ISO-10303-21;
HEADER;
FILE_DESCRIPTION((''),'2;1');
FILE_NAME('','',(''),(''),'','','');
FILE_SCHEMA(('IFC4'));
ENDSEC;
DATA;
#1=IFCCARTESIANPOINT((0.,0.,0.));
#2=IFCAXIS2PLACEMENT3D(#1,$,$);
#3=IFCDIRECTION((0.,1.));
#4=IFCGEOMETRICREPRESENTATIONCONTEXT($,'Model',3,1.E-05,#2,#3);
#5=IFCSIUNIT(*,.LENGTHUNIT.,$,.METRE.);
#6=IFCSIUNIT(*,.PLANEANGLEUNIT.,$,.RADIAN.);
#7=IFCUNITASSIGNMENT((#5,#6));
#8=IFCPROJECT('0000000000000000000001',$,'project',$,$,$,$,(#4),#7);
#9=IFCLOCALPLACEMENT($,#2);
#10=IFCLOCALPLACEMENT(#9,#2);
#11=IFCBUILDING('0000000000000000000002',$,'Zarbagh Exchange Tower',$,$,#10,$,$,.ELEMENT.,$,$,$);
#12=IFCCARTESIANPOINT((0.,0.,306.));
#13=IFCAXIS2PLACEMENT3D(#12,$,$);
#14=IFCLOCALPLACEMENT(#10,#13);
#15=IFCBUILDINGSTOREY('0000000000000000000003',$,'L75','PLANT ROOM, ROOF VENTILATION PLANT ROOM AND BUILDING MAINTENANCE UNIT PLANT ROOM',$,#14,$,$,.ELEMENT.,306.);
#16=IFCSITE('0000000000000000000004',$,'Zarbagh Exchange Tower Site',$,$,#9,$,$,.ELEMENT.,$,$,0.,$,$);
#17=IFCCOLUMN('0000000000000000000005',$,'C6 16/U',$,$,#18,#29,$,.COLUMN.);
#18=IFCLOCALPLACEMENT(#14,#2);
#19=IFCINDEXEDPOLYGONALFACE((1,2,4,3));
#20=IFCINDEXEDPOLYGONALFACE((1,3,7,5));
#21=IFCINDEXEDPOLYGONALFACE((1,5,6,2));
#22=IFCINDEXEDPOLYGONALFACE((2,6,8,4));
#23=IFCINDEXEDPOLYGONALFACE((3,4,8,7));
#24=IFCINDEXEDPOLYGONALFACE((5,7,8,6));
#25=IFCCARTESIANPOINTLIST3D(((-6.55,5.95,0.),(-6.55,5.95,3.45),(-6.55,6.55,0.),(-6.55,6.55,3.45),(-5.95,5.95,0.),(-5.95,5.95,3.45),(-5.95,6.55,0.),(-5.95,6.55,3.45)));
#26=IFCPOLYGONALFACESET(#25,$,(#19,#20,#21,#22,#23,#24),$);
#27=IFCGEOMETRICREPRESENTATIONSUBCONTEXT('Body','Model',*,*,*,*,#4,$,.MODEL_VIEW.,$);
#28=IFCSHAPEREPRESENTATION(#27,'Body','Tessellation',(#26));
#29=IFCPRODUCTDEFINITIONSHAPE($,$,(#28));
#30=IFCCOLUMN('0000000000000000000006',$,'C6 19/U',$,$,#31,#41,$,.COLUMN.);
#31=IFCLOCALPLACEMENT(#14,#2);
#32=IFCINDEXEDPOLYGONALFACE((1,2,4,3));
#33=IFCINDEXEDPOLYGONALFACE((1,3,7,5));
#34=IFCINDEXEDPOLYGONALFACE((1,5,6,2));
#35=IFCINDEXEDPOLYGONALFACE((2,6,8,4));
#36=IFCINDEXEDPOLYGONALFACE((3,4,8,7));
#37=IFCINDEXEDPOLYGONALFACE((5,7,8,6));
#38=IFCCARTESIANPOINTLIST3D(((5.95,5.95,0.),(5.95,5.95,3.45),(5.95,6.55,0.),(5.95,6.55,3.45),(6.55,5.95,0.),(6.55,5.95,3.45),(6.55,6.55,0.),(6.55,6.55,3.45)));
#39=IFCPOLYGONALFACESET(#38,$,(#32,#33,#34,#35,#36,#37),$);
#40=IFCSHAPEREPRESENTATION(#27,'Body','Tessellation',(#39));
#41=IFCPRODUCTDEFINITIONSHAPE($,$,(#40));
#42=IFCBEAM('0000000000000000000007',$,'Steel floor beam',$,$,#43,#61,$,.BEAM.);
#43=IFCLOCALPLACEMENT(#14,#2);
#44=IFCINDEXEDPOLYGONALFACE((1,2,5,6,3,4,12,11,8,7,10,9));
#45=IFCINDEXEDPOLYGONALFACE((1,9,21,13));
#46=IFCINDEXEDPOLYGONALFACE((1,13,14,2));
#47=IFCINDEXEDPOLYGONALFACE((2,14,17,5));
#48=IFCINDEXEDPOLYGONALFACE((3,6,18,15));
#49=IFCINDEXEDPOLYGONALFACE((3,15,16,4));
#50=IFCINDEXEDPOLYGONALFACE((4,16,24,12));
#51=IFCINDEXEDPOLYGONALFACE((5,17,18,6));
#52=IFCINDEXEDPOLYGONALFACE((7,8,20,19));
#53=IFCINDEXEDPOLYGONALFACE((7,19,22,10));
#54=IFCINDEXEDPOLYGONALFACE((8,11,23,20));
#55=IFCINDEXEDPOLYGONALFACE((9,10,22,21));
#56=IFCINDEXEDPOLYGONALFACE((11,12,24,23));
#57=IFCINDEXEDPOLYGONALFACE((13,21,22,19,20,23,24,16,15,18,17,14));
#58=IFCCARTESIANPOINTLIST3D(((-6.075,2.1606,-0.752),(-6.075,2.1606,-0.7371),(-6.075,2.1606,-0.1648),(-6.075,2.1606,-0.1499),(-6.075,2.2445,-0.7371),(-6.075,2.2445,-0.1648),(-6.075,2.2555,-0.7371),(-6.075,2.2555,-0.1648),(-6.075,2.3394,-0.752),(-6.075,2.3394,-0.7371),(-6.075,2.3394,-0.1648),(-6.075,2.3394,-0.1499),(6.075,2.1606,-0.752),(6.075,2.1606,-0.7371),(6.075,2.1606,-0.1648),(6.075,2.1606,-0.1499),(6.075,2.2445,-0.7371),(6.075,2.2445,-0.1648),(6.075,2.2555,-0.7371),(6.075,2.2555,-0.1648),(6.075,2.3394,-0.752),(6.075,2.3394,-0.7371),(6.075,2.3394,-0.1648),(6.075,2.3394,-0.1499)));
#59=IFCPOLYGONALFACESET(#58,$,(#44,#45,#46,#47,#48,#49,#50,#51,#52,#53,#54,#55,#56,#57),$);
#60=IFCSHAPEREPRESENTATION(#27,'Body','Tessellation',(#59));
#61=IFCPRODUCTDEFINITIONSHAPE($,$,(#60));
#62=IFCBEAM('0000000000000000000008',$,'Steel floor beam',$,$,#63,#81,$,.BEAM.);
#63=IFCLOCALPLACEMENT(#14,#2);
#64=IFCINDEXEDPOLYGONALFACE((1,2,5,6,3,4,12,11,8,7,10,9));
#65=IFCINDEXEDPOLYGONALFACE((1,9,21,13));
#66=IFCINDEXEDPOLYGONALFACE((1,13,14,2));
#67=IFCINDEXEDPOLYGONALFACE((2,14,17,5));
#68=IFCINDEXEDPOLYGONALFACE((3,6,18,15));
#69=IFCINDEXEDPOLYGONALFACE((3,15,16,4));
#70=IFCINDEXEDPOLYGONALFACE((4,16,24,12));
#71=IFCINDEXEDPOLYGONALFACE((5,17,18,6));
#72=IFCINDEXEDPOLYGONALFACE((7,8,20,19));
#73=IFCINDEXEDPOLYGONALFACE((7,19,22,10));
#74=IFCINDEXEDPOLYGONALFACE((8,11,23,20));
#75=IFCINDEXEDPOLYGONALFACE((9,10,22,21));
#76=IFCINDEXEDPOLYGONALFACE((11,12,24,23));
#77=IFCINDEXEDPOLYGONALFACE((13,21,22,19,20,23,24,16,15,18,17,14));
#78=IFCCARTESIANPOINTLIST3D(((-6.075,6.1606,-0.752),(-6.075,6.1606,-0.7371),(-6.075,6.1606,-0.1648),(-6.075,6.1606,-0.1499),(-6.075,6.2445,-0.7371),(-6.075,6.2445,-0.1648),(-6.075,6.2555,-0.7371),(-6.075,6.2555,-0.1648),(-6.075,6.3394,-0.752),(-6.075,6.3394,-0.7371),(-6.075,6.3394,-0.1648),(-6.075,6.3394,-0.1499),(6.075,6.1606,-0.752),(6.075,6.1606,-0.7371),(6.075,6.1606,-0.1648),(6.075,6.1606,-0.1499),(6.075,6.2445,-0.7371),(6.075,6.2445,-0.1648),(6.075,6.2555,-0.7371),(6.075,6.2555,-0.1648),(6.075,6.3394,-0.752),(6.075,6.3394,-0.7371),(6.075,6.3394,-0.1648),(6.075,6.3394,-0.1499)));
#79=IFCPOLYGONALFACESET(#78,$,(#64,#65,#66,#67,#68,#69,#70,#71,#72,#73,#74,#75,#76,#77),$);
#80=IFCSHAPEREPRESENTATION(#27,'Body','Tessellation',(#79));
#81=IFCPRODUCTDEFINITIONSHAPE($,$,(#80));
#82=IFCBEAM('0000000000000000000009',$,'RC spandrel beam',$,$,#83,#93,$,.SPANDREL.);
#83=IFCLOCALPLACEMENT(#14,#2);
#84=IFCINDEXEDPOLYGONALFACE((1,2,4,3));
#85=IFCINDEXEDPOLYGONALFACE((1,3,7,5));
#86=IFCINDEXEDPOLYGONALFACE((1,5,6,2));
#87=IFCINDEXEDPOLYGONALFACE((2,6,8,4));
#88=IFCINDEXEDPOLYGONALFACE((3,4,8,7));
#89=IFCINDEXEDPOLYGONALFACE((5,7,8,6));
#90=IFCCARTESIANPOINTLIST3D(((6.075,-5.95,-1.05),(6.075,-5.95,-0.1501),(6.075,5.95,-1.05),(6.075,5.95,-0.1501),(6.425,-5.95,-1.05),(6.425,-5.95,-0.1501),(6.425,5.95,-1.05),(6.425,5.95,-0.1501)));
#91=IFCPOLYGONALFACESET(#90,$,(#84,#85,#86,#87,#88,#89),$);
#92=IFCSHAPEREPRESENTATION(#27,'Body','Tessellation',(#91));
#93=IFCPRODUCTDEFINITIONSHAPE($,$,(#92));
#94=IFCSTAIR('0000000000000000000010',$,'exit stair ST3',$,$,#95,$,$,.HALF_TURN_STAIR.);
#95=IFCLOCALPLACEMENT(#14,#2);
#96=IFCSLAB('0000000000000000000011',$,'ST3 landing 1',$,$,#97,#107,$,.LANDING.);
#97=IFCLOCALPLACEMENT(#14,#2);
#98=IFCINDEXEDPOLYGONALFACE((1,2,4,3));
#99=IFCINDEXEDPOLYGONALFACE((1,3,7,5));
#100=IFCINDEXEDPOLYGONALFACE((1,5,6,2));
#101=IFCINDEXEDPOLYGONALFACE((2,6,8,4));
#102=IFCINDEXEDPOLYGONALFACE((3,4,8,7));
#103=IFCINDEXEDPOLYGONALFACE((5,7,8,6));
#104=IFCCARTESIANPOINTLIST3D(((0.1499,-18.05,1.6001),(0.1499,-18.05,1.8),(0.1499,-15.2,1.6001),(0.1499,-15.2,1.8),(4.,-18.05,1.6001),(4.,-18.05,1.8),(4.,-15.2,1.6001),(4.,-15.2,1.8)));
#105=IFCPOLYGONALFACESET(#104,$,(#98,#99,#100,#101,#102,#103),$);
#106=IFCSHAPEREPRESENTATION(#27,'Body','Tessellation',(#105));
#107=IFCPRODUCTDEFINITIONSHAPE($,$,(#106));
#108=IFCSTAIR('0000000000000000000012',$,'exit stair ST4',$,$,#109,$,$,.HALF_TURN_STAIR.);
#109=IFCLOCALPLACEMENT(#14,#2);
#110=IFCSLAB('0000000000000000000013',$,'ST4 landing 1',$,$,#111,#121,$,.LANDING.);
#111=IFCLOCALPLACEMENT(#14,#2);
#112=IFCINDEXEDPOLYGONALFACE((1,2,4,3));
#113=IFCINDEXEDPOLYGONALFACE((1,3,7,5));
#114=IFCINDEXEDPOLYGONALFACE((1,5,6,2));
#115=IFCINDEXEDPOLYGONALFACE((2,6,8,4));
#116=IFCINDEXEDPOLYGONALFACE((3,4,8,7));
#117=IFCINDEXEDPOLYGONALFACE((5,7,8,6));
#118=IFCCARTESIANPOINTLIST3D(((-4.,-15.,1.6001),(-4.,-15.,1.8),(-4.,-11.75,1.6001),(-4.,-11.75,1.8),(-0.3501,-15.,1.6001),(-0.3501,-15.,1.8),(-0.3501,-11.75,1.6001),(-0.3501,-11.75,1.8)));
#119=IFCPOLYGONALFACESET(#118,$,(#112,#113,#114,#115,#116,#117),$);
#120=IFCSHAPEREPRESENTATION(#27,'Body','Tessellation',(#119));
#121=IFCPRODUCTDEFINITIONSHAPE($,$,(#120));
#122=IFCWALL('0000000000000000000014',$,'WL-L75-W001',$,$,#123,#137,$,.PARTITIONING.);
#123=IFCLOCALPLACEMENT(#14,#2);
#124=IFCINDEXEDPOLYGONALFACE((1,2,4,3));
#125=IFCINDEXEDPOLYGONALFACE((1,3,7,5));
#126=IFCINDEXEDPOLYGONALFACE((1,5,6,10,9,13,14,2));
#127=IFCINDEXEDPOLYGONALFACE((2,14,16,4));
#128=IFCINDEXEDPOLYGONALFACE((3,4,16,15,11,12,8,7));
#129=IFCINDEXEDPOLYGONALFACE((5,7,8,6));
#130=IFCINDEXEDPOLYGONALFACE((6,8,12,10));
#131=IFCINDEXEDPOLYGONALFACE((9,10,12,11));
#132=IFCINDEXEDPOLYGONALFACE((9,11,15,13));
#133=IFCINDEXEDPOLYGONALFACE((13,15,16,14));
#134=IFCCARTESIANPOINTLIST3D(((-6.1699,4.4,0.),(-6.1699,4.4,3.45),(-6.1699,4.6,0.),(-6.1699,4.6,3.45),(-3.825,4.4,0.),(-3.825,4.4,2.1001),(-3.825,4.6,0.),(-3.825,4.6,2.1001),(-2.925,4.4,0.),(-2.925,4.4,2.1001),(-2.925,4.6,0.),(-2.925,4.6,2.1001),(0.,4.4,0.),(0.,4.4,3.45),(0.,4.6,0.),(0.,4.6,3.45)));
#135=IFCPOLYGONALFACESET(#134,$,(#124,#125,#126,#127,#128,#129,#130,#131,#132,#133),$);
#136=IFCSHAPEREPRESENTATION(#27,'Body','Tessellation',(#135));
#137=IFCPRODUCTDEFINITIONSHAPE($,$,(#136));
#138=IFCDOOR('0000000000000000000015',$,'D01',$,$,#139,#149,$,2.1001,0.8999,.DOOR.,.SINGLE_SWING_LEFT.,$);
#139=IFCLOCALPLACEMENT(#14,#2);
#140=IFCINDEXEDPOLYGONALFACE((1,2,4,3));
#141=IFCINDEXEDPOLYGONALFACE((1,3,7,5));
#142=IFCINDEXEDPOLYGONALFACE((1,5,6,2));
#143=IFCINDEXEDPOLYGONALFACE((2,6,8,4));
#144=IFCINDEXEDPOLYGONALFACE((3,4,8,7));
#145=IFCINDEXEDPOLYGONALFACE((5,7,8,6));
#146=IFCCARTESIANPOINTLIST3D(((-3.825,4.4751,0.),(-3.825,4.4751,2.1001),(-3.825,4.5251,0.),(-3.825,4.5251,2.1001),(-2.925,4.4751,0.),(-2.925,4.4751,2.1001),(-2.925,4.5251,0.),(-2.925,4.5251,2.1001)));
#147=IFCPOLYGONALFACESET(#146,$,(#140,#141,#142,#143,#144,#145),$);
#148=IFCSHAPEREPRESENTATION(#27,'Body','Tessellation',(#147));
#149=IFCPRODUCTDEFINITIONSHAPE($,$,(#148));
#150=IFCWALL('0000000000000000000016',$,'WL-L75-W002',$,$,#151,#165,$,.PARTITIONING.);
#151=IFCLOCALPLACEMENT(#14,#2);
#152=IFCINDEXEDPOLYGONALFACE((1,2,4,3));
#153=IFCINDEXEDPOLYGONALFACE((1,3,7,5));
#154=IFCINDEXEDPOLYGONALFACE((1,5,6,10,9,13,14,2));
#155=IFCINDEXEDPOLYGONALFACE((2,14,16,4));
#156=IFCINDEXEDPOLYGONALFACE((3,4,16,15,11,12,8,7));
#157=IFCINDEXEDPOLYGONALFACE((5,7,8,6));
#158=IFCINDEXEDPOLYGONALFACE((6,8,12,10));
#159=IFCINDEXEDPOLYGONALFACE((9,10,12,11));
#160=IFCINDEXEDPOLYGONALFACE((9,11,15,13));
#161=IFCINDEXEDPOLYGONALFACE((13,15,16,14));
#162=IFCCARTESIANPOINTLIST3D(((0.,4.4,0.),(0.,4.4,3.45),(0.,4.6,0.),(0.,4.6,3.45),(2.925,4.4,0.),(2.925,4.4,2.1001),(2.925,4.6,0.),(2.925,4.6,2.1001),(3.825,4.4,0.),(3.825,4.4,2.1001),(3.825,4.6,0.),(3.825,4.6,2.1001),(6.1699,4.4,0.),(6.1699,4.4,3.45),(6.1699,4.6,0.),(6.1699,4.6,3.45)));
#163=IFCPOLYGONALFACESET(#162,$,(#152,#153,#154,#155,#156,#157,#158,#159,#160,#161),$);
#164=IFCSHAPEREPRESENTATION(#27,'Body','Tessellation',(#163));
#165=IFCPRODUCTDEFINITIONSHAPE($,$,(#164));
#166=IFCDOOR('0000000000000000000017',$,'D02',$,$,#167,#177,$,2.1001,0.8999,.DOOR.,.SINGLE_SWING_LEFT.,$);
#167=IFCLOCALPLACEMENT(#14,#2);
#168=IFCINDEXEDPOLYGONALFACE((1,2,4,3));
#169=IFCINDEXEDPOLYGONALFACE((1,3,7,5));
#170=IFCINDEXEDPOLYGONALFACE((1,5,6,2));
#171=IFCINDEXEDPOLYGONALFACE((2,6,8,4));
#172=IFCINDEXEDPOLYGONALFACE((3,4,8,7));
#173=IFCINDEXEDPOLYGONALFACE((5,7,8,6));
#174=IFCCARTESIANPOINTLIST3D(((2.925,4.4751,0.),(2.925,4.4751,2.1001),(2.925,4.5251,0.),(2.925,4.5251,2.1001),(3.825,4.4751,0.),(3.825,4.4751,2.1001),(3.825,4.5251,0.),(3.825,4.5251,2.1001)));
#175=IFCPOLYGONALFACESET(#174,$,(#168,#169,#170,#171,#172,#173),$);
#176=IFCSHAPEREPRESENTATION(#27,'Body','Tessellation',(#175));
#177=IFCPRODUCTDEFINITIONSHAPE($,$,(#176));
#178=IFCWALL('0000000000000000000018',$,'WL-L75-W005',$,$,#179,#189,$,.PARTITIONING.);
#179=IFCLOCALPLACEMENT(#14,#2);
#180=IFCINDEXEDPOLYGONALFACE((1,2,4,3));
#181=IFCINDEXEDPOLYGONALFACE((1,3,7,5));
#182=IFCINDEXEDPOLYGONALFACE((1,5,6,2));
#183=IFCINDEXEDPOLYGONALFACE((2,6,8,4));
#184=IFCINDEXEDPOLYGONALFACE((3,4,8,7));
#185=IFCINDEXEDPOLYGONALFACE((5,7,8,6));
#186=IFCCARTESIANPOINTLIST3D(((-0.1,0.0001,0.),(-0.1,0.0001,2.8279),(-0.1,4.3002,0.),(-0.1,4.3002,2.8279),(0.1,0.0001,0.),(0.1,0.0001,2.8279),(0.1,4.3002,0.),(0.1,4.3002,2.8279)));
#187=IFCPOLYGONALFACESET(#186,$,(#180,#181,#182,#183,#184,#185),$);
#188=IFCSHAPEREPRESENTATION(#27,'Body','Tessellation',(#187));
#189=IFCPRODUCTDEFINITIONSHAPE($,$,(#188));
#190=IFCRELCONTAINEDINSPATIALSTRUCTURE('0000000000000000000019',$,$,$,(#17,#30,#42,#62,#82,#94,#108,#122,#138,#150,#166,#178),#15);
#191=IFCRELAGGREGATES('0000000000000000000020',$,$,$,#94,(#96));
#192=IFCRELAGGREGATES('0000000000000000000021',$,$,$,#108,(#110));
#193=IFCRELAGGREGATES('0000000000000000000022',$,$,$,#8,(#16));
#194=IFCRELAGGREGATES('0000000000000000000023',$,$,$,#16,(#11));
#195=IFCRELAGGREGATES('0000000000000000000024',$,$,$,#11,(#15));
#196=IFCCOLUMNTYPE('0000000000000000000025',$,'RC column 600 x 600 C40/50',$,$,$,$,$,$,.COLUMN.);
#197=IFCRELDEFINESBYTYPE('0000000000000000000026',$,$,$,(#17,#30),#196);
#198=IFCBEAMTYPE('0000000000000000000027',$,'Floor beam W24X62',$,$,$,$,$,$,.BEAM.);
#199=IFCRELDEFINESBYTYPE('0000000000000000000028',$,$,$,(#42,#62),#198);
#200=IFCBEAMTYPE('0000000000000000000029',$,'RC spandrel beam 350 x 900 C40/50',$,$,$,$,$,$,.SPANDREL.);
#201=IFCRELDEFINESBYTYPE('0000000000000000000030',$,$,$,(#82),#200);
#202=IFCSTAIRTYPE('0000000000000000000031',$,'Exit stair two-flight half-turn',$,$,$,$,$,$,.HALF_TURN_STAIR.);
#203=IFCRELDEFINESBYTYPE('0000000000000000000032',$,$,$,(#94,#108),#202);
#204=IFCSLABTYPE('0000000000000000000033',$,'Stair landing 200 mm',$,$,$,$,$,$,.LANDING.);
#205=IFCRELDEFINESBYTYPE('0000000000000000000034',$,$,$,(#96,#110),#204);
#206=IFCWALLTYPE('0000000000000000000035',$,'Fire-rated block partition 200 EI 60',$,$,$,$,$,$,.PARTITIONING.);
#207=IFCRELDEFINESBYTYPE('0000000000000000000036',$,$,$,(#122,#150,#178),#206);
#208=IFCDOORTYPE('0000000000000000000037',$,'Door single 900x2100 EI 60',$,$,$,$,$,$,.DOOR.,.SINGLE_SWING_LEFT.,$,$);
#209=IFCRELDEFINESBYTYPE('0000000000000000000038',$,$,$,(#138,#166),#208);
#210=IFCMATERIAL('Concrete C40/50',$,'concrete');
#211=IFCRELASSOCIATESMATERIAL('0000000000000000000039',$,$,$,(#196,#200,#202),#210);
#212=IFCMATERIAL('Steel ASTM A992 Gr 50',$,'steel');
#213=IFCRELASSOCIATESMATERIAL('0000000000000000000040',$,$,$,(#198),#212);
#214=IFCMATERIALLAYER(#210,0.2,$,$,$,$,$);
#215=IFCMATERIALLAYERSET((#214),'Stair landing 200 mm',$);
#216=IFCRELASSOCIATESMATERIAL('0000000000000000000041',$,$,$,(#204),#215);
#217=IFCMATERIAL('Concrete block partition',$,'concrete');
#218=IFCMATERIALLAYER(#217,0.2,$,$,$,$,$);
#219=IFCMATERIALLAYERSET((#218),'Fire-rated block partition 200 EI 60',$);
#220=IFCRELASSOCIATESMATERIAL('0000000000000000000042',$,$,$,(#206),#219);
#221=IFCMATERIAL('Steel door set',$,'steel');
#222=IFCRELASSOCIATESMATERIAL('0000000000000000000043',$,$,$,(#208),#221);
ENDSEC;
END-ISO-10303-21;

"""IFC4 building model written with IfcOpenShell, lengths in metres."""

from ifc_helpers import new_model, si_unit, direction, frame, frame_2d, origin, origin_2d, place, context, subcontext, project, spatial, polyline, rectangle, i_section, outline, extrude, material, layer, layer_set, material_profile, profile_set, type_object, element, fill, aggregate, save


model = new_model("IFC4")

# Units and contexts
model_context = context("Model", 3, precision=1e-05, world=origin(), true_north=direction((0.0, 1.0)))
body_context = subcontext(model_context, "Body", "Model", "MODEL_VIEW")
ifc_project = project(units=[si_unit("LENGTHUNIT", "METRE"), si_unit("PLANEANGLEUNIT", "RADIAN")], contexts=[model_context])

# Site, building, storey
site_placement = place(None, origin())
site = spatial("IfcSite", under=ifc_project, at=site_placement, Name="Zarbagh Exchange Tower Site", CompositionType="ELEMENT", RefElevation=0.0)
building_placement = place(site_placement, origin())
building = spatial("IfcBuilding", under=site, at=building_placement, Name="Zarbagh Exchange Tower", CompositionType="ELEMENT")
storey_placement = place(building_placement, frame((0.0, 0.0, 306.0)))
storey = spatial("IfcBuildingStorey", under=building, at=storey_placement, Name="L75", Description="PLANT ROOM, ROOF VENTILATION PLANT ROOM AND BUILDING MAINTENANCE UNIT PLANT ROOM", CompositionType="ELEMENT", Elevation=306.0)

# Columns
ifc_material_1 = material(Name="Concrete C40/50", Category="concrete")
ifc_material_profile_1 = material_profile(ifc_material_1, rectangle(XDim=0.6001, YDim=0.6001, at=origin_2d()), Name="RC column 600 x 600 C40/50")
ifc_profile_set_1 = profile_set([ifc_material_profile_1], Name="Concrete C40/50")
column_type = type_object("IfcColumnType", Name="RC column 600 x 600 C40/50", PredefinedType="COLUMN", material=ifc_profile_set_1)
for number, where, z_axis, x_axis, name in (
    (1, (-6.25, 6.25, 0.0), (0.0, 0.0, 1.0), (1.0, 0.0, 0.0), "C6 16/U"),
    (2, (6.25, 6.25, 0.0), (0.0, 0.0, 1.0), (1.0, 0.0, 0.0), "C6 19/U"),
):
    element("IfcColumn", number, at=place(storey_placement, frame(where, z_axis=z_axis, x_axis=x_axis)), inside=storey, type_object=column_type, Name=name, PredefinedType="COLUMN", context=body_context, shape_type="SweptSolid", body=[
        extrude(rectangle(XDim=0.6001, YDim=0.6001, at=origin_2d()), origin(), (0.0, 0.0, 1.0), 3.45),
    ])

# Beams
ifc_material_2 = material(Name="Steel ASTM A992 Gr 50", Category="steel")
ifc_material_profile_2 = material_profile(ifc_material_2, i_section(OverallWidth=0.1787, OverallDepth=0.6021, WebThickness=0.011, FlangeThickness=0.0149, at=origin_2d()), Name="W24X62")
ifc_profile_set_2 = profile_set([ifc_material_profile_2], Name="Steel ASTM A992 Gr 50")
beam_type_1 = type_object("IfcBeamType", Name="Floor beam W24X62", PredefinedType="BEAM", material=ifc_profile_set_2)
for number, where, z_axis, x_axis, name in (
    (3, (-6.075, 2.25, -0.4509), (1.0, 0.0, 0.0), (0.0, 1.0, 0.0), "Steel floor beam"),
    (4, (-6.075, 6.25, -0.4509), (1.0, 0.0, 0.0), (0.0, 1.0, 0.0), "Steel floor beam"),
):
    element("IfcBeam", number, at=place(storey_placement, frame(where, z_axis=z_axis, x_axis=x_axis)), inside=storey, type_object=beam_type_1, Name=name, PredefinedType="BEAM", context=body_context, shape_type="SweptSolid", body=[
        extrude(i_section(OverallWidth=0.1787, OverallDepth=0.6021, WebThickness=0.011, FlangeThickness=0.0149, at=origin_2d()), origin(), (0.0, 0.0, 1.0), 12.1499),
    ])
ifc_material_profile_3 = material_profile(ifc_material_1, rectangle(XDim=0.3501, YDim=0.8999, at=origin_2d()), Name="RC spandrel beam 350 x 900 C40/50")
ifc_profile_set_3 = profile_set([ifc_material_profile_3], Name="Concrete C40/50")
beam_type_2 = type_object("IfcBeamType", Name="RC spandrel beam 350 x 900 C40/50", PredefinedType="SPANDREL", material=ifc_profile_set_3)
beam_placement = place(storey_placement, frame((6.25, 5.95, -0.6001), z_axis=(0.0, -1.0, 0.0), x_axis=(1.0, 0.0, 0.0)))
element("IfcBeam", 5, at=beam_placement, inside=storey, type_object=beam_type_2, Name="RC spandrel beam", PredefinedType="SPANDREL", context=body_context, shape_type="SweptSolid", body=[
    extrude(rectangle(XDim=0.3501, YDim=0.8999, at=origin_2d()), origin(), (0.0, 0.0, 1.0), 11.8999),
])

# Stairs, slabs
stair_type = type_object("IfcStairType", Name="Exit stair two-flight half-turn", PredefinedType="HALF_TURN_STAIR", material=ifc_material_1)
stair_1_placement = place(storey_placement, origin())
stair_1 = element("IfcStair", 6, at=stair_1_placement, inside=storey, type_object=stair_type, Name="exit stair ST3", PredefinedType="HALF_TURN_STAIR")
ifc_layer_1 = layer(ifc_material_1, 0.2)
ifc_layer_set_1 = layer_set([ifc_layer_1], Name="Stair landing 200 mm")
slab_type = type_object("IfcSlabType", Name="Stair landing 200 mm", PredefinedType="LANDING", material=ifc_layer_set_1)
slab_1_placement = place(storey_placement, frame((0.0, 0.0, 1.6001)))
slab_1 = element("IfcSlab", 7, at=slab_1_placement, type_object=slab_type, Name="ST3 landing 1", PredefinedType="LANDING", context=body_context, shape_type="SweptSolid", body=[
    extrude(outline(polyline([(0.1499, -18.05), (4.0, -18.05), (4.0, -15.2), (0.1499, -15.2), (0.1499, -18.05)])), origin(), (0.0, 0.0, 1.0), 0.2),
])
aggregate(stair_1, [slab_1])
stair_2_placement = place(storey_placement, origin())
stair_2 = element("IfcStair", 8, at=stair_2_placement, inside=storey, type_object=stair_type, Name="exit stair ST4", PredefinedType="HALF_TURN_STAIR")
slab_2_placement = place(storey_placement, frame((0.0, 0.0, 1.6001)))
slab_2 = element("IfcSlab", 9, at=slab_2_placement, type_object=slab_type, Name="ST4 landing 1", PredefinedType="LANDING", context=body_context, shape_type="SweptSolid", body=[
    extrude(outline(polyline([(-0.3501, -11.75), (-4.0, -11.75), (-4.0, -15.0), (-0.3501, -15.0), (-0.3501, -11.75)])), origin(), (0.0, 0.0, 1.0), 0.2),
])
aggregate(stair_2, [slab_2])

# Walls, openings, doors
ifc_material_3 = material(Name="Concrete block partition", Category="concrete")
ifc_layer_2 = layer(ifc_material_3, 0.2)
ifc_layer_set_2 = layer_set([ifc_layer_2], Name="Fire-rated block partition 200 EI 60")
wall_type = type_object("IfcWallType", Name="Fire-rated block partition 200 EI 60", PredefinedType="PARTITIONING", material=ifc_layer_set_2)
wall_1_placement = place(storey_placement, frame((0.0, 4.5, 0.0), z_axis=(0.0, 0.0, 1.0), x_axis=(-1.0, 0.0, 0.0)))
wall_1 = element("IfcWall", 10, at=wall_1_placement, inside=storey, type_object=wall_type, Name="WL-L75-W001", PredefinedType="PARTITIONING", context=body_context, shape_type="SweptSolid", body=[
    extrude(rectangle(XDim=6.1699, YDim=0.2, at=frame_2d((3.085, 0.0))), origin(), (0.0, 0.0, 1.0), 3.45),
])
opening_1_placement = place(wall_1_placement, frame((2.925, 0.0, 0.0)))
opening_1 = element("IfcOpeningElement", 11, at=opening_1_placement, cuts=wall_1, PredefinedType="OPENING", context=body_context, shape_type="SweptSolid", body=[
    extrude(rectangle(XDim=0.8999, YDim=2.1001, at=frame_2d((0.45, 1.05))), frame((0.0, 0.1099, 0.0), z_axis=(0.0, -1.0, 0.0), x_axis=(1.0, 0.0, 0.0)), (0.0, 0.0, 1.0), 0.22),
])
ifc_material_4 = material(Name="Steel door set", Category="steel")
door_type = type_object("IfcDoorType", Name="Door single 900x2100 EI 60", OperationType="SINGLE_SWING_LEFT", PredefinedType="DOOR", material=ifc_material_4)
door_1_placement = place(opening_1_placement, origin())
door_1 = element("IfcDoor", 12, at=door_1_placement, inside=storey, type_object=door_type, Name="D01", OperationType="SINGLE_SWING_LEFT", OverallHeight=2.1001, OverallWidth=0.8999, PredefinedType="DOOR", context=body_context, shape_type="SweptSolid", body=[
    extrude(rectangle(XDim=0.8999, YDim=2.1001, at=frame_2d((0.45, 1.05))), frame((0.0, 0.0249, 0.0), z_axis=(0.0, -1.0, 0.0), x_axis=(1.0, 0.0, 0.0)), (0.0, 0.0, 1.0), 0.05),
])
fill(opening_1, door_1)
wall_2_placement = place(storey_placement, frame((6.1699, 4.5, 0.0), z_axis=(0.0, 0.0, 1.0), x_axis=(-1.0, 0.0, 0.0)))
wall_2 = element("IfcWall", 13, at=wall_2_placement, inside=storey, type_object=wall_type, Name="WL-L75-W002", PredefinedType="PARTITIONING", context=body_context, shape_type="SweptSolid", body=[
    extrude(rectangle(XDim=6.1699, YDim=0.2, at=frame_2d((3.085, 0.0))), origin(), (0.0, 0.0, 1.0), 3.45),
])
opening_2_placement = place(wall_2_placement, frame((2.345, 0.0, 0.0)))
opening_2 = element("IfcOpeningElement", 14, at=opening_2_placement, cuts=wall_2, PredefinedType="OPENING", context=body_context, shape_type="SweptSolid", body=[
    extrude(rectangle(XDim=0.8999, YDim=2.1001, at=frame_2d((0.45, 1.05))), frame((0.0, 0.1099, 0.0), z_axis=(0.0, -1.0, 0.0), x_axis=(1.0, 0.0, 0.0)), (0.0, 0.0, 1.0), 0.22),
])
door_2_placement = place(opening_2_placement, origin())
door_2 = element("IfcDoor", 15, at=door_2_placement, inside=storey, type_object=door_type, Name="D02", OperationType="SINGLE_SWING_LEFT", OverallHeight=2.1001, OverallWidth=0.8999, PredefinedType="DOOR", context=body_context, shape_type="SweptSolid", body=[
    extrude(rectangle(XDim=0.8999, YDim=2.1001, at=frame_2d((0.45, 1.05))), frame((0.0, 0.0249, 0.0), z_axis=(0.0, -1.0, 0.0), x_axis=(1.0, 0.0, 0.0)), (0.0, 0.0, 1.0), 0.05),
])
fill(opening_2, door_2)

# Wall
wall_3_placement = place(storey_placement, frame((0.0, 4.3, 0.0), z_axis=(0.0, 0.0, 1.0), x_axis=(0.0, -1.0, 0.0)))
element("IfcWall", 16, at=wall_3_placement, inside=storey, type_object=wall_type, Name="WL-L75-W005", PredefinedType="PARTITIONING", context=body_context, shape_type="SweptSolid", body=[
    extrude(rectangle(XDim=4.3, YDim=0.2, at=frame_2d((2.1499, 0.0))), origin(), (0.0, 0.0, 1.0), 2.8279),
])

save(model, "model.ifc")
